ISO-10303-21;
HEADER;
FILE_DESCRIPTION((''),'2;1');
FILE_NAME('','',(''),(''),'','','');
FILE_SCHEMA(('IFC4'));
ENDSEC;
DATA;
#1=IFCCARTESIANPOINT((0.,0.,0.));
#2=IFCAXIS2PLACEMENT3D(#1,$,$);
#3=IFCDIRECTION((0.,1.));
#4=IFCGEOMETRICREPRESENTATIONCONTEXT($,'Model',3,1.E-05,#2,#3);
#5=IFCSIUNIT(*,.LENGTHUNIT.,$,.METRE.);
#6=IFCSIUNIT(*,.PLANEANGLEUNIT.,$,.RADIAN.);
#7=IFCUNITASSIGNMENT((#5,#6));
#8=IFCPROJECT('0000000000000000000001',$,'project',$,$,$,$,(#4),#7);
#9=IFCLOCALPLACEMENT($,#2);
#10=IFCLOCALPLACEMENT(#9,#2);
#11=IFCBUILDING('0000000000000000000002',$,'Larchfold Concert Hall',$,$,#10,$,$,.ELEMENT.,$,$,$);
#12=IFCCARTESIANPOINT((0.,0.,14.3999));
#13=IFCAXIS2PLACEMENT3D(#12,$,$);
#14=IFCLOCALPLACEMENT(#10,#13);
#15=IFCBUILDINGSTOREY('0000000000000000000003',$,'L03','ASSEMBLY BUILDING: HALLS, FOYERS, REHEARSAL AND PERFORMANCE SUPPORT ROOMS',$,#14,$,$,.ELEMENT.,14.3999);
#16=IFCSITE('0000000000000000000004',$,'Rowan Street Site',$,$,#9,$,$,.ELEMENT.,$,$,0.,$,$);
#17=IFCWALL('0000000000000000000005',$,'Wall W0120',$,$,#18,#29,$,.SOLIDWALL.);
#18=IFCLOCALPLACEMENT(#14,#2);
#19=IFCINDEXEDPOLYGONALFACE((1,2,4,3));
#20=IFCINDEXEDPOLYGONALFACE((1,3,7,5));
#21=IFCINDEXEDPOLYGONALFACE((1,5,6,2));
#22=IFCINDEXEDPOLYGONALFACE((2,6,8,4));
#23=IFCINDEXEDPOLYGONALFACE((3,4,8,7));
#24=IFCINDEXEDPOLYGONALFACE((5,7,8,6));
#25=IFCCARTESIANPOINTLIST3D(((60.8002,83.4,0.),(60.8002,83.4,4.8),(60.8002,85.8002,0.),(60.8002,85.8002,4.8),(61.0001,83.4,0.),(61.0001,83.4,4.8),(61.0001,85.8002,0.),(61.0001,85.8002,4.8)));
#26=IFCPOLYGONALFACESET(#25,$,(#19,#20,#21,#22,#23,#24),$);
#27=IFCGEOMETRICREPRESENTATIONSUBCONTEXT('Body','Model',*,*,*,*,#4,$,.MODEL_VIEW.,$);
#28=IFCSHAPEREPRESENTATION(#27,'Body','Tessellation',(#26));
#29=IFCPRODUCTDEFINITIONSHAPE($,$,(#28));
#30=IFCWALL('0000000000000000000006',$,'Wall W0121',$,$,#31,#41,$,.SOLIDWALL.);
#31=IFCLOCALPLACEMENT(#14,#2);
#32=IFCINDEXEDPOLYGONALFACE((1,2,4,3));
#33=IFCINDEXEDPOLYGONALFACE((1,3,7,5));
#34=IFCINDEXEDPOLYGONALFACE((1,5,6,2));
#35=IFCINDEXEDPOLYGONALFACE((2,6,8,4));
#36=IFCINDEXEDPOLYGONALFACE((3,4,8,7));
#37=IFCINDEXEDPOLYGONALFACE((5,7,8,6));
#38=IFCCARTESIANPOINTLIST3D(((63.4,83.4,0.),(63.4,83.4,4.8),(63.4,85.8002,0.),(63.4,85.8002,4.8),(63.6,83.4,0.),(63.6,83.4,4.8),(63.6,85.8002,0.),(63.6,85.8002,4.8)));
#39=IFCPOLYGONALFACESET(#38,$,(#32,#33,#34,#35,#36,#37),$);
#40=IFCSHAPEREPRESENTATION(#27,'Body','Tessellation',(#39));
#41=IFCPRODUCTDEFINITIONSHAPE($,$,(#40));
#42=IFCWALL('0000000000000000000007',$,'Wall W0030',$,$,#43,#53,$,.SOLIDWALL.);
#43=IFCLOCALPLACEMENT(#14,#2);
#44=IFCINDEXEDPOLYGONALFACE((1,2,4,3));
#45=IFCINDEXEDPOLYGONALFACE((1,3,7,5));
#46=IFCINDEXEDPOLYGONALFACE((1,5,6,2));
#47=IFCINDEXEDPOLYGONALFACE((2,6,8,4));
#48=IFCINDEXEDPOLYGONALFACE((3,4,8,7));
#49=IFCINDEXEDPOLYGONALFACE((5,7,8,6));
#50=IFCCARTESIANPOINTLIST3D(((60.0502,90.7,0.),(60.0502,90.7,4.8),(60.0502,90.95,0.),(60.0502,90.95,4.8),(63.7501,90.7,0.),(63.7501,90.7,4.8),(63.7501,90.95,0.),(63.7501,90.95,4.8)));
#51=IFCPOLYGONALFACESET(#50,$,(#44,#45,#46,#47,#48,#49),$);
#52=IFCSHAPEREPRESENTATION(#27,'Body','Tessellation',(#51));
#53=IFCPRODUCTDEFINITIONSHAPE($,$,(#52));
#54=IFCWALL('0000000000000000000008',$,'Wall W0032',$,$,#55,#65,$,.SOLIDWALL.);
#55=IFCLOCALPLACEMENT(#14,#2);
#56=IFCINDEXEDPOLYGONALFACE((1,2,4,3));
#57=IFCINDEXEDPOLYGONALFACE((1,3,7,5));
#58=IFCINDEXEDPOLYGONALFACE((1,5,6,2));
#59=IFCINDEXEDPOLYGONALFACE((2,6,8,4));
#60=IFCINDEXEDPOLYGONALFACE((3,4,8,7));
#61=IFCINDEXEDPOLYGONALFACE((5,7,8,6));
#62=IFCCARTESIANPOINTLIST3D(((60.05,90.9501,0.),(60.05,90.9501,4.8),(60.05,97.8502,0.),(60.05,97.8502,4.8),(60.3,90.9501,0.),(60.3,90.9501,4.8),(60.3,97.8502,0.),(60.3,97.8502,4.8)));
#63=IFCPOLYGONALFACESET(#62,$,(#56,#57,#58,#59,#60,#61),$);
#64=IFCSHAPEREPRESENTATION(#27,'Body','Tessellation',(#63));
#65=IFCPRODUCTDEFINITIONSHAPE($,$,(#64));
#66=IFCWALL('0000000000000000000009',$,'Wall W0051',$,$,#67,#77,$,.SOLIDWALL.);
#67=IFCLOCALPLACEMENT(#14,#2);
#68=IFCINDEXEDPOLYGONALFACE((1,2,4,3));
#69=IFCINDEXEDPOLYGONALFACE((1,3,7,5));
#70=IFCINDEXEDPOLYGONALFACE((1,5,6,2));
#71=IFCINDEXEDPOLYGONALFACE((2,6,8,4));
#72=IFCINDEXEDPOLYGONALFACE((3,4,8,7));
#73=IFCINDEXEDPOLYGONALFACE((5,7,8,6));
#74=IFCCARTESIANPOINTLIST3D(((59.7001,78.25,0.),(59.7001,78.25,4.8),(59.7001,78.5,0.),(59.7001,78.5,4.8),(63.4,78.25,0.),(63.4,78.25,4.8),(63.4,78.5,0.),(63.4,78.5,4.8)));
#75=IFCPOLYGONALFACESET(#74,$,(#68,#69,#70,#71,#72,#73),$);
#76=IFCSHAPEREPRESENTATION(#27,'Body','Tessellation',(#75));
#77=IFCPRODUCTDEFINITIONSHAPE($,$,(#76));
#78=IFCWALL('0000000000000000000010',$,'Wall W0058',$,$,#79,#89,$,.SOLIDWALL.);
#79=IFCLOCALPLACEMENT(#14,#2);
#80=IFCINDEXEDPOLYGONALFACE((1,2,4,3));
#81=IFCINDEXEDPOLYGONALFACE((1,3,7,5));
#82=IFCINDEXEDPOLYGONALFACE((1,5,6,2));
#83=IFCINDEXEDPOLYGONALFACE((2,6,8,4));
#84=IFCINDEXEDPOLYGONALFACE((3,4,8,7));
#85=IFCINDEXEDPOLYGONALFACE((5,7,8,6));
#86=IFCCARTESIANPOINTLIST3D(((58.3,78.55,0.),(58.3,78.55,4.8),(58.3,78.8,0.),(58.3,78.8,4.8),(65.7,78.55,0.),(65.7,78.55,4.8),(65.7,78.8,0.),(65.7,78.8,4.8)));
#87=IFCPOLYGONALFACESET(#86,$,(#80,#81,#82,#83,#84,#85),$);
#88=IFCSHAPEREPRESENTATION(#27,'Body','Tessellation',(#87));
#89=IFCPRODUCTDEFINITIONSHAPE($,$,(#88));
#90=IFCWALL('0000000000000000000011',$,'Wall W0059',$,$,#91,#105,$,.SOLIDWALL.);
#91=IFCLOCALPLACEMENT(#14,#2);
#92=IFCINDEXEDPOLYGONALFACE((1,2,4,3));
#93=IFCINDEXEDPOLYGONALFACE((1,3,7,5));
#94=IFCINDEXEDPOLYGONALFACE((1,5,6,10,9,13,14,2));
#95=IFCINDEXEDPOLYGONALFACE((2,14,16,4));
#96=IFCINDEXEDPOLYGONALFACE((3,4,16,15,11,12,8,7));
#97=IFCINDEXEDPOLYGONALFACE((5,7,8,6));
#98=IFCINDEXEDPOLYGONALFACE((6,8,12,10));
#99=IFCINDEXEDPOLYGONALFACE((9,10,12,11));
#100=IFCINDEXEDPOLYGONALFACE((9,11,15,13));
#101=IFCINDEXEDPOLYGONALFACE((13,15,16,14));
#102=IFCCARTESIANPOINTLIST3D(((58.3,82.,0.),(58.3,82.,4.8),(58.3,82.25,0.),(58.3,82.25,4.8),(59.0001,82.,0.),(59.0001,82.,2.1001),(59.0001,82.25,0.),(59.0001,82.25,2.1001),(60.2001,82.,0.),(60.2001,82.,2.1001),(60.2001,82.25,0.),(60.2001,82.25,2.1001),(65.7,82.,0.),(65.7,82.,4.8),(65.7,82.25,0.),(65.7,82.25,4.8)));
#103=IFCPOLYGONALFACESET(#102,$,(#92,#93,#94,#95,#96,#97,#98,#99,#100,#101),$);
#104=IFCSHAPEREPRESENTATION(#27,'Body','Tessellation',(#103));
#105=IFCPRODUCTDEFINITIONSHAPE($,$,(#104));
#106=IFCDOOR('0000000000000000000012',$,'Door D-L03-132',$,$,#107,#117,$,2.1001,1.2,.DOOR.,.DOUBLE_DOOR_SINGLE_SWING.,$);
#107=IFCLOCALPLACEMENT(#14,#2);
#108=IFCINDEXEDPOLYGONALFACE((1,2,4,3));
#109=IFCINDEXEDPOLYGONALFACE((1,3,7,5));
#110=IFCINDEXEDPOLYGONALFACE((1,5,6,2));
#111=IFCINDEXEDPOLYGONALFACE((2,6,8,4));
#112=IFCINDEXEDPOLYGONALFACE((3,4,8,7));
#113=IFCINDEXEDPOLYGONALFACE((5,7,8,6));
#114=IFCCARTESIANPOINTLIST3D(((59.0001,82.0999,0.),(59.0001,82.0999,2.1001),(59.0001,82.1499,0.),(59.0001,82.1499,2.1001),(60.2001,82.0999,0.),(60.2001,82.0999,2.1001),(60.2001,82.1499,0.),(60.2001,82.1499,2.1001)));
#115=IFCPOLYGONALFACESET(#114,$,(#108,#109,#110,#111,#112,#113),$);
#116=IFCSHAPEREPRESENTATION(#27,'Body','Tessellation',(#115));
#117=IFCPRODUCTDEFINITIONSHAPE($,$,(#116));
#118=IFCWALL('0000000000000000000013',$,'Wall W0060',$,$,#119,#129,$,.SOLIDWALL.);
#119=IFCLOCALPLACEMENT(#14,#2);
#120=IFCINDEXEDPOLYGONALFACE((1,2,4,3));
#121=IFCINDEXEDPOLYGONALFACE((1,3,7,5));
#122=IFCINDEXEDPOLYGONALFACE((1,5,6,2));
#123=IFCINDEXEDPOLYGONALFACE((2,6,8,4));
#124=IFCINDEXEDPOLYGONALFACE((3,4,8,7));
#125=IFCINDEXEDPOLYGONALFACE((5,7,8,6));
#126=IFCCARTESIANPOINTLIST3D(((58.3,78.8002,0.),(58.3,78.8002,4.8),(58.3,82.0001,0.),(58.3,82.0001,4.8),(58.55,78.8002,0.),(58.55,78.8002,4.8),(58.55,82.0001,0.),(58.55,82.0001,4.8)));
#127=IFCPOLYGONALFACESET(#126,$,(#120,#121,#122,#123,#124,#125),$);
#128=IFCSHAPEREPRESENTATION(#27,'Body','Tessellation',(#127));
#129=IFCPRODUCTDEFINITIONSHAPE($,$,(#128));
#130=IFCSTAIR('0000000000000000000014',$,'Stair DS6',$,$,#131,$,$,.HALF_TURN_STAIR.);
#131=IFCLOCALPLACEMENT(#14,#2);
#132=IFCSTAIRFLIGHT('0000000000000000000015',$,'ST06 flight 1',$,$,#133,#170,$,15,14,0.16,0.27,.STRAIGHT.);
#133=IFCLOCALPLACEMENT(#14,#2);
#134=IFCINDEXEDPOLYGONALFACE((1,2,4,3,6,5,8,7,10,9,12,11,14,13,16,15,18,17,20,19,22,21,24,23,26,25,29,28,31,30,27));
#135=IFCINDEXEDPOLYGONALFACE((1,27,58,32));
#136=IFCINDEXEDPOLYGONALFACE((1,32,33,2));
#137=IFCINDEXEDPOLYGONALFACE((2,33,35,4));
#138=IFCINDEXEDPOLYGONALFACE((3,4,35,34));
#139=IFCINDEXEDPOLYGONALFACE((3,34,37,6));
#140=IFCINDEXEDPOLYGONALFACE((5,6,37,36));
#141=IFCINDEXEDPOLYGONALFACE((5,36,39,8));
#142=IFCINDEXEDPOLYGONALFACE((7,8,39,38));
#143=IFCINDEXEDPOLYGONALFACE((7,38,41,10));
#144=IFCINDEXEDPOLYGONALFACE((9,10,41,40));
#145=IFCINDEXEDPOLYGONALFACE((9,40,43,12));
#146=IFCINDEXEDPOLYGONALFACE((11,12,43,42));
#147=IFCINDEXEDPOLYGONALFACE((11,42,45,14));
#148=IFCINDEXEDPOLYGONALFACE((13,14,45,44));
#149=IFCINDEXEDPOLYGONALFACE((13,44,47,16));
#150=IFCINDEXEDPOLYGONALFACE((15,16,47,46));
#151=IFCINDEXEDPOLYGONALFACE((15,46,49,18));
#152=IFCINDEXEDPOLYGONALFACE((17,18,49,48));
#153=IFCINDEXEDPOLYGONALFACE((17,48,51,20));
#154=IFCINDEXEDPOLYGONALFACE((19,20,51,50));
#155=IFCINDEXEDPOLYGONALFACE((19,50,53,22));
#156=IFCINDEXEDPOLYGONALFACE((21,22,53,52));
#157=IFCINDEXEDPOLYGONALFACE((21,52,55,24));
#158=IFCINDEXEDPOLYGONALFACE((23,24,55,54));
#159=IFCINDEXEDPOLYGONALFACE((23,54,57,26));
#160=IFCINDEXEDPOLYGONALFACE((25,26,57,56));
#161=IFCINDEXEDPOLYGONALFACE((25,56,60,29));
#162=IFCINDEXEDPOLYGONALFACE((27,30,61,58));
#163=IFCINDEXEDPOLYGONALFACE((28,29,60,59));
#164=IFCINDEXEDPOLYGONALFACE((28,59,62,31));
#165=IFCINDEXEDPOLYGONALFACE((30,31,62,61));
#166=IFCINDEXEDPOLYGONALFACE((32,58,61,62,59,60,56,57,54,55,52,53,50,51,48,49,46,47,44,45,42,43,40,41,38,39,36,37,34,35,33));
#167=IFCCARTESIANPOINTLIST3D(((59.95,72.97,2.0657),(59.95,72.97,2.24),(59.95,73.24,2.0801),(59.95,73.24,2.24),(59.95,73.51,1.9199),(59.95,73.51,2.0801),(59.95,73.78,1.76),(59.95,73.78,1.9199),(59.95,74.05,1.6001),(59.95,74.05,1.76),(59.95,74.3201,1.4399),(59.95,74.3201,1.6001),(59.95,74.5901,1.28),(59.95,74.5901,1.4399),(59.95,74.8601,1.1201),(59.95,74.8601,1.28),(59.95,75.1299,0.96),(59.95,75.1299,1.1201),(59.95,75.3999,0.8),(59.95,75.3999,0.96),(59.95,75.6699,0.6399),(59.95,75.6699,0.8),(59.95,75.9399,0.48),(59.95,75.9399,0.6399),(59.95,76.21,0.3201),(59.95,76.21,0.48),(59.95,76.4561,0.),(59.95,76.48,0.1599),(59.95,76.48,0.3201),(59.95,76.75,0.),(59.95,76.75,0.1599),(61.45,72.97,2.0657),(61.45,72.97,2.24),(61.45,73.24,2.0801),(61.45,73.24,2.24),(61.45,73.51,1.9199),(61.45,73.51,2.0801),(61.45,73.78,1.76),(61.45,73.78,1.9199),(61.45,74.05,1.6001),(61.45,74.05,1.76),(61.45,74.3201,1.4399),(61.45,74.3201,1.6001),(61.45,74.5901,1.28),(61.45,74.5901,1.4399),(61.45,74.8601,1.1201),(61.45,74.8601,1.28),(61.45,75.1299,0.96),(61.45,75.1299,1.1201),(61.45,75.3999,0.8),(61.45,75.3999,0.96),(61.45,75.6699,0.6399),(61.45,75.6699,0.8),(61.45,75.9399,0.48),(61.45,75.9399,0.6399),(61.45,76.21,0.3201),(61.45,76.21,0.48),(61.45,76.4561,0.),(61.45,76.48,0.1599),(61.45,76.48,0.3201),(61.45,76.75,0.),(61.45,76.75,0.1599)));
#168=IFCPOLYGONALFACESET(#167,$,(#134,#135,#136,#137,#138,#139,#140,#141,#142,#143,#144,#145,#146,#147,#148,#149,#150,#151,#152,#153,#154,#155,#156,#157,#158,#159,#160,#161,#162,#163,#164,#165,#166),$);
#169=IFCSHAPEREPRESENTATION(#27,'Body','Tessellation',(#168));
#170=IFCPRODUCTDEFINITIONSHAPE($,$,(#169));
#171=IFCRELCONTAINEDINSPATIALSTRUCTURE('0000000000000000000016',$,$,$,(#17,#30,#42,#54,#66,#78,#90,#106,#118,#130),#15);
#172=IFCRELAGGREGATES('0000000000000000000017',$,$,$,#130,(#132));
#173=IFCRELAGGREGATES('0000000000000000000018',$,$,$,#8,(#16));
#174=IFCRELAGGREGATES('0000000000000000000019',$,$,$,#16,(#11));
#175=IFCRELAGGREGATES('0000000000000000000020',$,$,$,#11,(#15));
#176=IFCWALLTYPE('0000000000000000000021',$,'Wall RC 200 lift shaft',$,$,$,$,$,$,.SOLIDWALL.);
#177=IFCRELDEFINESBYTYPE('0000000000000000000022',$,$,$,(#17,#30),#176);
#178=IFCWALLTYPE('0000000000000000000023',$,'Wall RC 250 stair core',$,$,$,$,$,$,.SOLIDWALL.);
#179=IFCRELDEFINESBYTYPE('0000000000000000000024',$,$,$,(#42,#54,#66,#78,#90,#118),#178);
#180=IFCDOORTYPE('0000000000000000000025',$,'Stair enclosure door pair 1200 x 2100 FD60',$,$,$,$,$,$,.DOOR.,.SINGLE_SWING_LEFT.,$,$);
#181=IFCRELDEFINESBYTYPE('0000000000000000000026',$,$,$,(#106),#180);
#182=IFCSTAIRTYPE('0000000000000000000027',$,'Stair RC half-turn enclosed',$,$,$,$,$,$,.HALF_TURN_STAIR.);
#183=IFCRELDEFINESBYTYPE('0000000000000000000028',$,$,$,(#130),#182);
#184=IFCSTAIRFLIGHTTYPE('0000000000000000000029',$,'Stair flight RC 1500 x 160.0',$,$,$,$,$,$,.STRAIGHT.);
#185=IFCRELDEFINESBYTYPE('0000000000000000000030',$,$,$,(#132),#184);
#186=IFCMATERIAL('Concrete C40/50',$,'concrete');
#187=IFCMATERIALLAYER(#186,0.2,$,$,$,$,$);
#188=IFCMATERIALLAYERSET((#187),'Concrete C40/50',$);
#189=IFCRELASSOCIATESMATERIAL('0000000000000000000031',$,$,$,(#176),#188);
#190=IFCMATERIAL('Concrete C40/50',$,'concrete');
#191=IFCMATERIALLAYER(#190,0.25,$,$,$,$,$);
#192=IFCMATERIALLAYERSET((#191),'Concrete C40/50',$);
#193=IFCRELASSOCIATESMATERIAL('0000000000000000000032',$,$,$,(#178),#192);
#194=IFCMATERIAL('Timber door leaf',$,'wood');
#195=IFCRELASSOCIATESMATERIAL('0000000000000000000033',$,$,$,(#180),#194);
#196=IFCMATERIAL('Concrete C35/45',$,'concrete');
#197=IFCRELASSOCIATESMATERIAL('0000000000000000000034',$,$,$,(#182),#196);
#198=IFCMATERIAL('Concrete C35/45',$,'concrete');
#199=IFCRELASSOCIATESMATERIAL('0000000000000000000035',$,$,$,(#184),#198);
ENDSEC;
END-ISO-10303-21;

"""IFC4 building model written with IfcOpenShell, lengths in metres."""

from ifc_helpers import new_model, si_unit, direction, frame, frame_2d, origin, place, context, subcontext, project, spatial, polyline, rectangle, outline, extrude, material, layer, layer_set, type_object, element, fill, aggregate, save


model = new_model("IFC4")

# Units and contexts
model_context = context("Model", 3, precision=1e-05, world=origin(), true_north=direction((0.0, 1.0)))
body_context = subcontext(model_context, "Body", "Model", "MODEL_VIEW")
ifc_project = project(units=[si_unit("LENGTHUNIT", "METRE"), si_unit("PLANEANGLEUNIT", "RADIAN")], contexts=[model_context])

# Site, building, storey
site_placement = place(None, origin())
site = spatial("IfcSite", under=ifc_project, at=site_placement, Name="Rowan Street Site", CompositionType="ELEMENT", RefElevation=0.0)
building_placement = place(site_placement, origin())
building = spatial("IfcBuilding", under=site, at=building_placement, Name="Larchfold Concert Hall", CompositionType="ELEMENT")
storey_placement = place(building_placement, frame((0.0, 0.0, 14.3999)))
storey = spatial("IfcBuildingStorey", under=building, at=storey_placement, Name="L03", Description="ASSEMBLY BUILDING: HALLS, FOYERS, REHEARSAL AND PERFORMANCE SUPPORT ROOMS", CompositionType="ELEMENT", Elevation=14.3999)

# Shared definitions
ifc_material_1 = material(Name="Concrete C40/50", Category="concrete")
ifc_layer_1 = layer(ifc_material_1, 0.2)
ifc_layer_set_1 = layer_set([ifc_layer_1], Name="Concrete C40/50")
wall_type_1 = type_object("IfcWallType", Name="Wall RC 200 lift shaft", PredefinedType="SOLIDWALL", material=ifc_layer_set_1)

# Walls
for number, where, z_axis, x_axis, name in (
    (1, (60.9001, 83.3999, 0.0), (0.0, 0.0, 1.0), (0.0, 1.0, 0.0), "Wall W0120"),
    (2, (63.5, 83.3999, 0.0), (0.0, 0.0, 1.0), (0.0, 1.0, 0.0), "Wall W0121"),
):
    element("IfcWall", number, at=place(storey_placement, frame(where, z_axis=z_axis, x_axis=x_axis)), inside=storey, type_object=wall_type_1, Name=name, PredefinedType="SOLIDWALL", context=body_context, shape_type="SweptSolid", body=[
        extrude(rectangle(XDim=2.4001, YDim=0.2, at=frame_2d((1.2002, 0.0))), origin(), (0.0, 0.0, 1.0), 4.8),
    ])
ifc_material_2 = material(Name="Concrete C40/50", Category="concrete")
ifc_layer_2 = layer(ifc_material_2, 0.25)
ifc_layer_set_2 = layer_set([ifc_layer_2], Name="Concrete C40/50")
wall_type_2 = type_object("IfcWallType", Name="Wall RC 250 stair core", PredefinedType="SOLIDWALL", material=ifc_layer_set_2)
wall_1_placement = place(storey_placement, frame((60.05, 90.825, 0.0), z_axis=(0.0, 0.0, 1.0), x_axis=(1.0, 0.0, 0.0)))
element("IfcWall", 3, at=wall_1_placement, inside=storey, type_object=wall_type_2, Name="Wall W0030", PredefinedType="SOLIDWALL", context=body_context, shape_type="SweptSolid", body=[
    extrude(rectangle(XDim=3.7, YDim=0.25, at=frame_2d((1.8501, 0.0))), origin(), (0.0, 0.0, 1.0), 4.8),
])
wall_2_placement = place(storey_placement, frame((60.175, 90.95, 0.0), z_axis=(0.0, 0.0, 1.0), x_axis=(0.0, 1.0, 0.0)))
element("IfcWall", 4, at=wall_2_placement, inside=storey, type_object=wall_type_2, Name="Wall W0032", PredefinedType="SOLIDWALL", context=body_context, shape_type="SweptSolid", body=[
    extrude(rectangle(XDim=6.9001, YDim=0.25, at=frame_2d((3.4502, 0.0))), origin(), (0.0, 0.0, 1.0), 4.8),
])
wall_3_placement = place(storey_placement, frame((59.7, 78.375, 0.0), z_axis=(0.0, 0.0, 1.0), x_axis=(1.0, 0.0, 0.0)))
element("IfcWall", 5, at=wall_3_placement, inside=storey, type_object=wall_type_2, Name="Wall W0051", PredefinedType="SOLIDWALL", context=body_context, shape_type="SweptSolid", body=[
    extrude(rectangle(XDim=3.7, YDim=0.25, at=frame_2d((1.8501, 0.0))), origin(), (0.0, 0.0, 1.0), 4.8),
])
wall_4_placement = place(storey_placement, frame((58.3, 78.675, 0.0), z_axis=(0.0, 0.0, 1.0), x_axis=(1.0, 0.0, 0.0)))
element("IfcWall", 6, at=wall_4_placement, inside=storey, type_object=wall_type_2, Name="Wall W0058", PredefinedType="SOLIDWALL", context=body_context, shape_type="SweptSolid", body=[
    extrude(rectangle(XDim=7.3999, YDim=0.25, at=frame_2d((3.7, 0.0))), origin(), (0.0, 0.0, 1.0), 4.8),
])

# Wall, opening, door
wall_5_placement = place(storey_placement, frame((58.3, 82.125, 0.0), z_axis=(0.0, 0.0, 1.0), x_axis=(1.0, 0.0, 0.0)))
wall_5 = element("IfcWall", 7, at=wall_5_placement, inside=storey, type_object=wall_type_2, Name="Wall W0059", PredefinedType="SOLIDWALL", context=body_context, shape_type="SweptSolid", body=[
    extrude(rectangle(XDim=7.3999, YDim=0.25, at=frame_2d((3.7, 0.0))), origin(), (0.0, 0.0, 1.0), 4.8),
])
opening_1_placement = place(wall_5_placement, frame((0.7, 0.0, 0.0)))
opening_1 = element("IfcOpeningElement", 8, at=opening_1_placement, cuts=wall_5, PredefinedType="OPENING", context=body_context, shape_type="SweptSolid", body=[
    extrude(rectangle(XDim=1.2, YDim=2.1001, at=frame_2d((0.6001, 1.05))), frame((0.0, 0.135, 0.0), z_axis=(0.0, -1.0, 0.0), x_axis=(1.0, 0.0, 0.0)), (0.0, 0.0, 1.0), 0.27),
])
ifc_material_3 = material(Name="Timber door leaf", Category="wood")
door_type_1 = type_object("IfcDoorType", Name="Stair enclosure door pair 1200 x 2100 FD60", OperationType="SINGLE_SWING_LEFT", PredefinedType="DOOR", material=ifc_material_3)
door_1_placement = place(opening_1_placement, origin())
door_1 = element("IfcDoor", 9, at=door_1_placement, inside=storey, type_object=door_type_1, Name="Door D-L03-132", OperationType="DOUBLE_DOOR_SINGLE_SWING", OverallHeight=2.1001, OverallWidth=1.2, PredefinedType="DOOR", context=body_context, shape_type="SweptSolid", body=[
    extrude(rectangle(XDim=1.2, YDim=2.1001, at=frame_2d((0.6001, 1.05))), frame((0.0, 0.0249, 0.0), z_axis=(0.0, -1.0, 0.0), x_axis=(1.0, 0.0, 0.0)), (0.0, 0.0, 1.0), 0.05),
])
fill(opening_1, door_1)

# Wall
wall_6_placement = place(storey_placement, frame((58.425, 78.8, 0.0), z_axis=(0.0, 0.0, 1.0), x_axis=(0.0, 1.0, 0.0)))
element("IfcWall", 10, at=wall_6_placement, inside=storey, type_object=wall_type_2, Name="Wall W0060", PredefinedType="SOLIDWALL", context=body_context, shape_type="SweptSolid", body=[
    extrude(rectangle(XDim=3.2, YDim=0.25, at=frame_2d((1.6001, 0.0))), origin(), (0.0, 0.0, 1.0), 4.8),
])

# Stair, stair flight
ifc_material_4 = material(Name="Concrete C35/45", Category="concrete")
stair_type = type_object("IfcStairType", Name="Stair RC half-turn enclosed", PredefinedType="HALF_TURN_STAIR", material=ifc_material_4)
stair_1_placement = place(storey_placement, origin())
stair_1 = element("IfcStair", 11, at=stair_1_placement, inside=storey, type_object=stair_type, Name="Stair DS6", PredefinedType="HALF_TURN_STAIR")
ifc_material_5 = material(Name="Concrete C35/45", Category="concrete")
stair_flight_type_1 = type_object("IfcStairFlightType", Name="Stair flight RC 1500 x 160.0", PredefinedType="STRAIGHT", material=ifc_material_5)
stair_flight_1_placement = place(storey_placement, frame((60.7, 76.75, 0.0), z_axis=(0.0, 0.0, 1.0), x_axis=(0.0, -1.0, 0.0)))
stair_flight_1 = element("IfcStairFlight", 12, at=stair_flight_1_placement, type_object=stair_flight_type_1, Name="ST06 flight 1", NumberOfRisers=15, NumberOfTreads=14, PredefinedType="STRAIGHT", RiserHeight=0.16, TreadLength=0.27, context=body_context, shape_type="SweptSolid", body=[
    extrude(outline(polyline([(0.0, 0.0), (0.0, 0.1599), (0.27, 0.1599), (0.27, 0.3201), (0.54, 0.3201), (0.54, 0.48), (0.8101, 0.48), (0.8101, 0.6399), (1.0801, 0.6399), (1.0801, 0.8), (1.3501, 0.8), (1.3501, 0.96), (1.6201, 0.96), (1.6201, 1.1201), (1.8899, 1.1201), (1.8899, 1.28), (2.1599, 1.28), (2.1599, 1.4399), (2.4299, 1.4399), (2.4299, 1.6001), (2.7, 1.6001), (2.7, 1.76), (2.97, 1.76), (2.97, 1.9199), (3.24, 1.9199), (3.24, 2.0801), (3.51, 2.0801), (3.51, 2.24), (3.78, 2.24), (3.78, 2.3999), (3.78, 2.0657), (0.2939, 0.0), (0.0, 0.0)])), frame((0.0, 0.75, 0.0), z_axis=(0.0, -1.0, 0.0), x_axis=(1.0, 0.0, 0.0)), (0.0, 0.0, 1.0), 1.5),
])
aggregate(stair_1, [stair_flight_1])

save(model, "model.ifc")
